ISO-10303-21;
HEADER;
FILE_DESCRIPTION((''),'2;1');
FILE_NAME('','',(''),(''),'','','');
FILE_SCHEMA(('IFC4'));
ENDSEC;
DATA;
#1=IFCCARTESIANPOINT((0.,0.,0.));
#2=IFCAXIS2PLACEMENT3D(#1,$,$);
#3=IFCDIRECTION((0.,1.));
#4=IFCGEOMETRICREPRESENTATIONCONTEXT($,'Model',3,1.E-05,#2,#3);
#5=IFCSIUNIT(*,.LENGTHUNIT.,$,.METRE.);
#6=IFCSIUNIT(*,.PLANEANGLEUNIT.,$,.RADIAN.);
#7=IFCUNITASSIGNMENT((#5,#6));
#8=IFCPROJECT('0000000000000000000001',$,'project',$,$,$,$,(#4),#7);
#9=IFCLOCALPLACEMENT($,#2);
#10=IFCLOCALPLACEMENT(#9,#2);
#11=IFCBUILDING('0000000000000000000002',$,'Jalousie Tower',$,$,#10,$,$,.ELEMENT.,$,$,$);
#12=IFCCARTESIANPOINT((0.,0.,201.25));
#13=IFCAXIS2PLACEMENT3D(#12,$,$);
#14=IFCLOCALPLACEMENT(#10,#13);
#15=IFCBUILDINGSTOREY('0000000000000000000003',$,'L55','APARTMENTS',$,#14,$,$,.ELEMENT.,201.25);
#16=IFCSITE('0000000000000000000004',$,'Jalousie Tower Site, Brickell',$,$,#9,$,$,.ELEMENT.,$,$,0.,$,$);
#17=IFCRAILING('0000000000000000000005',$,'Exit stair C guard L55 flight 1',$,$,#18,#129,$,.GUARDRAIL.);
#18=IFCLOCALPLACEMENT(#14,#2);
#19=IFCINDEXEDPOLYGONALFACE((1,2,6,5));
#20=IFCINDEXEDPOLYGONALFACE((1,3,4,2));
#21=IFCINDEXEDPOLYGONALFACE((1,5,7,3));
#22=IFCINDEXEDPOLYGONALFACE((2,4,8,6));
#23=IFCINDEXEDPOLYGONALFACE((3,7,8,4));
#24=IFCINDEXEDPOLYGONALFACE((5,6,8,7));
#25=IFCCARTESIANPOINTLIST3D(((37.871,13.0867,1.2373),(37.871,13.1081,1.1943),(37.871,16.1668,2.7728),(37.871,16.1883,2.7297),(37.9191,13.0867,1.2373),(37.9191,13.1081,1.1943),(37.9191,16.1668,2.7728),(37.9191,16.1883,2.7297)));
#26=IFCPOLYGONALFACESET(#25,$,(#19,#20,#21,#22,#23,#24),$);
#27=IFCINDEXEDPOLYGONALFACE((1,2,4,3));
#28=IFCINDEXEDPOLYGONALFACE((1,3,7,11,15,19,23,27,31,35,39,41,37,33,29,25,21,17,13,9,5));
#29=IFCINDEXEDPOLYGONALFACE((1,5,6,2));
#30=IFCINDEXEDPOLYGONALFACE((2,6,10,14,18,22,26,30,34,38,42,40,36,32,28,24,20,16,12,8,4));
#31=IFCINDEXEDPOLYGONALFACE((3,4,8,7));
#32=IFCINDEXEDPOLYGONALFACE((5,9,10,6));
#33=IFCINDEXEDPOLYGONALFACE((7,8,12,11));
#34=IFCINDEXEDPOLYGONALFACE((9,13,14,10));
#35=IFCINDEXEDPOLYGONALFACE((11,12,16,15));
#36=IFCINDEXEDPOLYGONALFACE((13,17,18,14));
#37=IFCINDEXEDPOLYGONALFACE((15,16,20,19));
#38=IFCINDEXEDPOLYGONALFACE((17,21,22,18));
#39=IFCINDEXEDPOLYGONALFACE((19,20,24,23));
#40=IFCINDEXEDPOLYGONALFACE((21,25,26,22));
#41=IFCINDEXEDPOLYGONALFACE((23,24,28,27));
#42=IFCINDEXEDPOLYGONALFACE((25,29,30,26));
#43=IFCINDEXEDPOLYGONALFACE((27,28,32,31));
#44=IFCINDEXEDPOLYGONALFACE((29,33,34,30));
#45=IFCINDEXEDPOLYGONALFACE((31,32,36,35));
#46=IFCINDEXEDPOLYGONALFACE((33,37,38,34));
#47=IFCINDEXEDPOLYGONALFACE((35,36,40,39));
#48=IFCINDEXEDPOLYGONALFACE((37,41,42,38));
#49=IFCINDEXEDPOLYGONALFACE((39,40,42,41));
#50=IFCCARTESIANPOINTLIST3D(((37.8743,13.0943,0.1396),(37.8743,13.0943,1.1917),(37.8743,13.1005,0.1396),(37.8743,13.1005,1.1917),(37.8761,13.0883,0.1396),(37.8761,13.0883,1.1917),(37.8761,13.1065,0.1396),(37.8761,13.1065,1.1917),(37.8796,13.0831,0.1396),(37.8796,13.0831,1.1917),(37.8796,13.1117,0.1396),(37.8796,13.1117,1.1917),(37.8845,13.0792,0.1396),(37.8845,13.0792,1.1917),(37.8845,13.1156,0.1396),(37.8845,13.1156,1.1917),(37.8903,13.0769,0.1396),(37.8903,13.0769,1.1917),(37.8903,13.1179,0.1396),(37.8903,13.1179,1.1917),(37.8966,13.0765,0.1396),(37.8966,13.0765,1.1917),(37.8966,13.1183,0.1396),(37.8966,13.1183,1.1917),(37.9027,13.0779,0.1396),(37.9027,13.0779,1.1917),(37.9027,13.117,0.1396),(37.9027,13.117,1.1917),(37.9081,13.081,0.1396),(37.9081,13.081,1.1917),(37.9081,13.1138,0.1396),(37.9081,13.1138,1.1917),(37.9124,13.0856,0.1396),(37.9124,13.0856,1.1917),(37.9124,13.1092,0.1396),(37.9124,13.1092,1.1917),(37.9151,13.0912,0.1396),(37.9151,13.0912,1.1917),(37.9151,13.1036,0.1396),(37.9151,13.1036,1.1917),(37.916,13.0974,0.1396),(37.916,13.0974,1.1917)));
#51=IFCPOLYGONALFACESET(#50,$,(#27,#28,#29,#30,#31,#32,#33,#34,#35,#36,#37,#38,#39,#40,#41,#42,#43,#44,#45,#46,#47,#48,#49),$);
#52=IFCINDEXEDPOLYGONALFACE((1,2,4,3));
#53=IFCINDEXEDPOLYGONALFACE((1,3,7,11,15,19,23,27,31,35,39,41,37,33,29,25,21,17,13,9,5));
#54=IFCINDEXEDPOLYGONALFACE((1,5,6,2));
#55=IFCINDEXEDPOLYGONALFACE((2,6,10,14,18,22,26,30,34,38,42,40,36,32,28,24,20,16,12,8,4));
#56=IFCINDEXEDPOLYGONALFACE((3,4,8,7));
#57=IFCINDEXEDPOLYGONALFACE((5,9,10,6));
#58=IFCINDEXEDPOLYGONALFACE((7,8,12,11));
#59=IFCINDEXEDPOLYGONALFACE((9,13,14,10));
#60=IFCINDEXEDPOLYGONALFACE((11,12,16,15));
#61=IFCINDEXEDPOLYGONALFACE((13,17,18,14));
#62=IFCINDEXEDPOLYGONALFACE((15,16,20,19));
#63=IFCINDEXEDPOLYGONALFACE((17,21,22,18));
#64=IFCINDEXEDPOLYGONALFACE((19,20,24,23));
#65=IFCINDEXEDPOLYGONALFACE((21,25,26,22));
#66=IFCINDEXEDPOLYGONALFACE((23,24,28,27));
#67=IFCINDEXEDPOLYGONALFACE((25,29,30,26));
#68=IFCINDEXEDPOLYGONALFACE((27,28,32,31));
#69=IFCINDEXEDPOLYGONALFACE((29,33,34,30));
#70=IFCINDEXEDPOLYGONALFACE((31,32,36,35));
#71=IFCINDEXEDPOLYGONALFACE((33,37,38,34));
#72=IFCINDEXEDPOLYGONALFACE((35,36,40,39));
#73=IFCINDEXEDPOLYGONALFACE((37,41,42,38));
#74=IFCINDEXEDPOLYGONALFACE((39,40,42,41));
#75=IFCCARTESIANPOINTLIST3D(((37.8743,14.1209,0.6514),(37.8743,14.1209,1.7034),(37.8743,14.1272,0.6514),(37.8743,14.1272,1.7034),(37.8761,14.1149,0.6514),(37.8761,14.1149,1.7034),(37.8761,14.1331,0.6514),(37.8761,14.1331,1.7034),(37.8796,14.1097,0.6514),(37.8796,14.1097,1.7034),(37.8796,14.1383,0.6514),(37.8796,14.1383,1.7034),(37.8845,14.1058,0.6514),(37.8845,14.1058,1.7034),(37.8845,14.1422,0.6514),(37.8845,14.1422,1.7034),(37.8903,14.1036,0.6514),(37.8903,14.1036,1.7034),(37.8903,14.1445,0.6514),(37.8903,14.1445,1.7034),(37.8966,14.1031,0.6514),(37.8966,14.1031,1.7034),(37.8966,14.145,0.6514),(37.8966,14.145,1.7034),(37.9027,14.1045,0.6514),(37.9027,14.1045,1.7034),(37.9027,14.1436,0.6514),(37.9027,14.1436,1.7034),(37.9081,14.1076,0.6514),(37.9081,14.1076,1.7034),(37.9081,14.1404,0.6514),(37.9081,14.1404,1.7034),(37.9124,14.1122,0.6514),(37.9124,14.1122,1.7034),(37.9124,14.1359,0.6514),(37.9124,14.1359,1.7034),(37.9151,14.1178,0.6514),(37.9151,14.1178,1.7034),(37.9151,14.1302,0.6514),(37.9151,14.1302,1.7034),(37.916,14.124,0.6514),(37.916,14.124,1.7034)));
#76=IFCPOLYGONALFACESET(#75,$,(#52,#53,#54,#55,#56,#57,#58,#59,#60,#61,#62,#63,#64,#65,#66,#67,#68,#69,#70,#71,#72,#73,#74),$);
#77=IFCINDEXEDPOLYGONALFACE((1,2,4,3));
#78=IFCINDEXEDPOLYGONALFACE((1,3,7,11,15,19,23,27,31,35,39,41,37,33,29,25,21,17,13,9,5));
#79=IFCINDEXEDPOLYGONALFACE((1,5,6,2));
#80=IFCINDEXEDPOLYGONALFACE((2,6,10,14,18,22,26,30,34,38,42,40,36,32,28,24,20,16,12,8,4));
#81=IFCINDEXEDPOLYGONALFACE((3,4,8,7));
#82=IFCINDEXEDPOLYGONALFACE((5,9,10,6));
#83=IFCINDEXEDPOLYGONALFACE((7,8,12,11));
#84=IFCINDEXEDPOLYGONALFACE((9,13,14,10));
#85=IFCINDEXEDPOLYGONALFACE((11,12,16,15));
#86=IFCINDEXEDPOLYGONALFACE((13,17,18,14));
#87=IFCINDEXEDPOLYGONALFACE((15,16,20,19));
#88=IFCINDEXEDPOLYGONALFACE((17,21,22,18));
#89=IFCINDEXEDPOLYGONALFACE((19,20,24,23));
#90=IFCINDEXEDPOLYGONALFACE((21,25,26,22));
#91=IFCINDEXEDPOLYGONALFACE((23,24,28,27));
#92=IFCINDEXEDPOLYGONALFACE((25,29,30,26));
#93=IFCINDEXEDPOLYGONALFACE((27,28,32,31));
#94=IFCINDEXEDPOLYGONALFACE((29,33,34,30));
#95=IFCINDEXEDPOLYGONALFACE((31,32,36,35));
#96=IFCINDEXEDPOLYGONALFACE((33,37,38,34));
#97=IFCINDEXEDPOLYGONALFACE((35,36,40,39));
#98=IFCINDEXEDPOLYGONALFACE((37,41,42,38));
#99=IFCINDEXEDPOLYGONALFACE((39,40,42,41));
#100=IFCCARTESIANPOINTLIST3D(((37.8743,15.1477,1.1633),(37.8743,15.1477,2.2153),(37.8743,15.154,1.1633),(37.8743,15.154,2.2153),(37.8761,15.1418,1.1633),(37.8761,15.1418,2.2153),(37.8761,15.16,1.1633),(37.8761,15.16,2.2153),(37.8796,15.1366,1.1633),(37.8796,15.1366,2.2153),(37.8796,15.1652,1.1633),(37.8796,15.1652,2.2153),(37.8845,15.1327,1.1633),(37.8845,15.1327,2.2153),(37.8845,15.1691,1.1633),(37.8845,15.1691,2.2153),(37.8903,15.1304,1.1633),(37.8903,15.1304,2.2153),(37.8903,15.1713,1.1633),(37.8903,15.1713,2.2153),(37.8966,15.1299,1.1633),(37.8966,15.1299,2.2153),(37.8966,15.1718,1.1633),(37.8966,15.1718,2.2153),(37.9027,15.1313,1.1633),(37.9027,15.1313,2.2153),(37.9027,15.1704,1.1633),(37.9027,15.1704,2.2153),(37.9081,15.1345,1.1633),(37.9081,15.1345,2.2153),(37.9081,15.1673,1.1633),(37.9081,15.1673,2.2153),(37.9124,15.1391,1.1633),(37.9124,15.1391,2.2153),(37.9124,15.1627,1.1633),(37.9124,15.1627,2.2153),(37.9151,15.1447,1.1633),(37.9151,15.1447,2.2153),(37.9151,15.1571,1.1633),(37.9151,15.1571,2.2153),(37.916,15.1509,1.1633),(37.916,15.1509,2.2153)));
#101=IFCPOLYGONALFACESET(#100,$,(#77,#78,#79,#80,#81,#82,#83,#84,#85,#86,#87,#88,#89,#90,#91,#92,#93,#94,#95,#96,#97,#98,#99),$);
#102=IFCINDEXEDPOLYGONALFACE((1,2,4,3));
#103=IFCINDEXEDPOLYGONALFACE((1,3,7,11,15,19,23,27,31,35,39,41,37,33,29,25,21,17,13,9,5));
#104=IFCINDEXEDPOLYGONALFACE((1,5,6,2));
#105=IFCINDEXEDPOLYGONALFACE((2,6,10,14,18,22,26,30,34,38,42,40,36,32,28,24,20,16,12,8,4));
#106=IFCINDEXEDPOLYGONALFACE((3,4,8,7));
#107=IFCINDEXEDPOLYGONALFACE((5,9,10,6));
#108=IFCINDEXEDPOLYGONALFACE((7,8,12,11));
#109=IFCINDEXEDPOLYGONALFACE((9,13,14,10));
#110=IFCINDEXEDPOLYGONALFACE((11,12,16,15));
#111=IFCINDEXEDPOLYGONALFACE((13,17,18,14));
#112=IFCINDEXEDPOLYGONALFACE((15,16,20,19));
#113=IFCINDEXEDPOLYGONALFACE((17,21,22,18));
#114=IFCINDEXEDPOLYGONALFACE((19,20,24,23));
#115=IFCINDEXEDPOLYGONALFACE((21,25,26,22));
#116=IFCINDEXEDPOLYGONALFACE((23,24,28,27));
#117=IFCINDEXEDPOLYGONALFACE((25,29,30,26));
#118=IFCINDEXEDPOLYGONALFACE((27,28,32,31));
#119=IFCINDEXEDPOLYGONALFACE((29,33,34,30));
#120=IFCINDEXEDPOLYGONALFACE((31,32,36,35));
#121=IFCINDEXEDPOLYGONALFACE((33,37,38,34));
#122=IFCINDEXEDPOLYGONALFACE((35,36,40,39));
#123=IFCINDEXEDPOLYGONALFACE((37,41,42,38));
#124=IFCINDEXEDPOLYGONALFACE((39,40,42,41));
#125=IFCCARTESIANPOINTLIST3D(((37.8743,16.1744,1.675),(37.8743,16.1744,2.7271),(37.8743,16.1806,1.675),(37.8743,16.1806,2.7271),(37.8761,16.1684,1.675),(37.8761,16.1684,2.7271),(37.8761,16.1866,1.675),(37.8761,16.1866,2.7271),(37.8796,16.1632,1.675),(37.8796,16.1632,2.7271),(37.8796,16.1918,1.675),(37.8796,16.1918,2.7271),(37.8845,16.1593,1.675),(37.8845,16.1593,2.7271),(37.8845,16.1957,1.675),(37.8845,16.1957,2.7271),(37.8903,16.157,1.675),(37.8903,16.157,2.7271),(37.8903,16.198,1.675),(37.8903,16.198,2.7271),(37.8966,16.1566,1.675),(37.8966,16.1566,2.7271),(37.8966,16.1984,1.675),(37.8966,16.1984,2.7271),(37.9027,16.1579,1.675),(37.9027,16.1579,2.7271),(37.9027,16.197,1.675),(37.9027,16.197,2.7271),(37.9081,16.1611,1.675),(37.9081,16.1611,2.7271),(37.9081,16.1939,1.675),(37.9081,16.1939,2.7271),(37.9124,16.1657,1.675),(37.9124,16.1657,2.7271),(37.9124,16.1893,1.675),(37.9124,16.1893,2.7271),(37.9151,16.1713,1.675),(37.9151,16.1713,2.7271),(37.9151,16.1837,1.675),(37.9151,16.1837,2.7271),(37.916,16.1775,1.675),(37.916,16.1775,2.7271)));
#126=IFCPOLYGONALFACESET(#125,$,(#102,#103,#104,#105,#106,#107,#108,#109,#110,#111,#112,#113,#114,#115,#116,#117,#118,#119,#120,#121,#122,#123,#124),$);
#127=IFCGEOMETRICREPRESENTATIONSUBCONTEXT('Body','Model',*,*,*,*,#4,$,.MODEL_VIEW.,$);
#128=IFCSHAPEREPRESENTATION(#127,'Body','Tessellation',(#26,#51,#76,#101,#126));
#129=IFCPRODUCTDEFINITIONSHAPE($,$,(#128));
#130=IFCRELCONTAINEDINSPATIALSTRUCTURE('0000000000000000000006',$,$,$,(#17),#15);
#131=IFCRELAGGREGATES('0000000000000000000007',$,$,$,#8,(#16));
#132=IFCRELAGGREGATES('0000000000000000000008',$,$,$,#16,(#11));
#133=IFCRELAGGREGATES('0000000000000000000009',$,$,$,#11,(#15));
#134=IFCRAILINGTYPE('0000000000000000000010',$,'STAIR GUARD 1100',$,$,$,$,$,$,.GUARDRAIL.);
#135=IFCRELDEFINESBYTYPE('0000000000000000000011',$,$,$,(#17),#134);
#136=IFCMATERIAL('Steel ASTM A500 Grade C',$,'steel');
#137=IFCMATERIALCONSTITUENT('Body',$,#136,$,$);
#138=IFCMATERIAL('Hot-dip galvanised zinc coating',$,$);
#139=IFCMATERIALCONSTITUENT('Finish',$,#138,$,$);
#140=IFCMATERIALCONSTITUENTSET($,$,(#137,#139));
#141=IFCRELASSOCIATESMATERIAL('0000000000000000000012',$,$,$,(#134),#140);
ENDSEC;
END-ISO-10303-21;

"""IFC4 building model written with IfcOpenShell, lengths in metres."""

from ifc_helpers import new_model, si_unit, direction, frame, origin, origin_2d, place, context, subcontext, project, spatial, rectangle, circle, extrude, material, constituent, constituent_set, type_object, element, save


model = new_model("IFC4")

# Units and contexts
model_context = context("Model", 3, precision=1e-05, world=origin(), true_north=direction((0.0, 1.0)))
body_context = subcontext(model_context, "Body", "Model", "MODEL_VIEW")
ifc_project = project(units=[si_unit("LENGTHUNIT", "METRE"), si_unit("PLANEANGLEUNIT", "RADIAN")], contexts=[model_context])

# Site, building, storey
site_placement = place(None, origin())
site = spatial("IfcSite", under=ifc_project, at=site_placement, Name="Jalousie Tower Site, Brickell", CompositionType="ELEMENT", RefElevation=0.0)
building_placement = place(site_placement, origin())
building = spatial("IfcBuilding", under=site, at=building_placement, Name="Jalousie Tower", CompositionType="ELEMENT")
storey_placement = place(building_placement, frame((0.0, 0.0, 201.25)))
storey = spatial("IfcBuildingStorey", under=building, at=storey_placement, Name="L55", Description="APARTMENTS", CompositionType="ELEMENT", Elevation=201.25)

# Railing
ifc_material_1 = material(Name="Steel ASTM A500 Grade C", Category="steel")
ifc_constituent_1 = constituent(ifc_material_1, Name="Body")
ifc_material_2 = material(Name="Hot-dip galvanised zinc coating")
ifc_constituent_2 = constituent(ifc_material_2, Name="Finish")
ifc_constituent_set_1 = constituent_set(constituents=[ifc_constituent_1, ifc_constituent_2])
railing_type_1 = type_object("IfcRailingType", Name="STAIR GUARD 1100", PredefinedType="GUARDRAIL", material=ifc_constituent_set_1)
railing_1_placement = place(storey_placement, frame((37.895, 13.0974, 0.1396)))
element("IfcRailing", 1, at=railing_1_placement, inside=storey, type_object=railing_type_1, Name="Exit stair C guard L55 flight 1", PredefinedType="GUARDRAIL", context=body_context, shape_type="SweptSolid", body=[
    extrude(rectangle(XDim=0.0481, YDim=0.0481, at=origin_2d()), frame((0.0, 0.0, 1.0762), z_axis=(0.0, 0.894966, 0.446135), x_axis=(-1.0, 0.0, 0.0)), (0.0, 0.0, 1.0), 3.4417),
    extrude(circle(Radius=0.021, at=origin_2d()), origin(), (0.0, 0.0, 1.0), 1.052),
    extrude(circle(Radius=0.021, at=origin_2d()), frame((0.0, 1.0266, 0.5117)), (0.0, 0.0, 1.0), 1.052),
    extrude(circle(Radius=0.021, at=origin_2d()), frame((0.0, 2.0535, 1.0237)), (0.0, 0.0, 1.0), 1.052),
    extrude(circle(Radius=0.021, at=origin_2d()), frame((0.0, 3.0801, 1.5354)), (0.0, 0.0, 1.0), 1.052),
])

save(model, "model.ifc")
